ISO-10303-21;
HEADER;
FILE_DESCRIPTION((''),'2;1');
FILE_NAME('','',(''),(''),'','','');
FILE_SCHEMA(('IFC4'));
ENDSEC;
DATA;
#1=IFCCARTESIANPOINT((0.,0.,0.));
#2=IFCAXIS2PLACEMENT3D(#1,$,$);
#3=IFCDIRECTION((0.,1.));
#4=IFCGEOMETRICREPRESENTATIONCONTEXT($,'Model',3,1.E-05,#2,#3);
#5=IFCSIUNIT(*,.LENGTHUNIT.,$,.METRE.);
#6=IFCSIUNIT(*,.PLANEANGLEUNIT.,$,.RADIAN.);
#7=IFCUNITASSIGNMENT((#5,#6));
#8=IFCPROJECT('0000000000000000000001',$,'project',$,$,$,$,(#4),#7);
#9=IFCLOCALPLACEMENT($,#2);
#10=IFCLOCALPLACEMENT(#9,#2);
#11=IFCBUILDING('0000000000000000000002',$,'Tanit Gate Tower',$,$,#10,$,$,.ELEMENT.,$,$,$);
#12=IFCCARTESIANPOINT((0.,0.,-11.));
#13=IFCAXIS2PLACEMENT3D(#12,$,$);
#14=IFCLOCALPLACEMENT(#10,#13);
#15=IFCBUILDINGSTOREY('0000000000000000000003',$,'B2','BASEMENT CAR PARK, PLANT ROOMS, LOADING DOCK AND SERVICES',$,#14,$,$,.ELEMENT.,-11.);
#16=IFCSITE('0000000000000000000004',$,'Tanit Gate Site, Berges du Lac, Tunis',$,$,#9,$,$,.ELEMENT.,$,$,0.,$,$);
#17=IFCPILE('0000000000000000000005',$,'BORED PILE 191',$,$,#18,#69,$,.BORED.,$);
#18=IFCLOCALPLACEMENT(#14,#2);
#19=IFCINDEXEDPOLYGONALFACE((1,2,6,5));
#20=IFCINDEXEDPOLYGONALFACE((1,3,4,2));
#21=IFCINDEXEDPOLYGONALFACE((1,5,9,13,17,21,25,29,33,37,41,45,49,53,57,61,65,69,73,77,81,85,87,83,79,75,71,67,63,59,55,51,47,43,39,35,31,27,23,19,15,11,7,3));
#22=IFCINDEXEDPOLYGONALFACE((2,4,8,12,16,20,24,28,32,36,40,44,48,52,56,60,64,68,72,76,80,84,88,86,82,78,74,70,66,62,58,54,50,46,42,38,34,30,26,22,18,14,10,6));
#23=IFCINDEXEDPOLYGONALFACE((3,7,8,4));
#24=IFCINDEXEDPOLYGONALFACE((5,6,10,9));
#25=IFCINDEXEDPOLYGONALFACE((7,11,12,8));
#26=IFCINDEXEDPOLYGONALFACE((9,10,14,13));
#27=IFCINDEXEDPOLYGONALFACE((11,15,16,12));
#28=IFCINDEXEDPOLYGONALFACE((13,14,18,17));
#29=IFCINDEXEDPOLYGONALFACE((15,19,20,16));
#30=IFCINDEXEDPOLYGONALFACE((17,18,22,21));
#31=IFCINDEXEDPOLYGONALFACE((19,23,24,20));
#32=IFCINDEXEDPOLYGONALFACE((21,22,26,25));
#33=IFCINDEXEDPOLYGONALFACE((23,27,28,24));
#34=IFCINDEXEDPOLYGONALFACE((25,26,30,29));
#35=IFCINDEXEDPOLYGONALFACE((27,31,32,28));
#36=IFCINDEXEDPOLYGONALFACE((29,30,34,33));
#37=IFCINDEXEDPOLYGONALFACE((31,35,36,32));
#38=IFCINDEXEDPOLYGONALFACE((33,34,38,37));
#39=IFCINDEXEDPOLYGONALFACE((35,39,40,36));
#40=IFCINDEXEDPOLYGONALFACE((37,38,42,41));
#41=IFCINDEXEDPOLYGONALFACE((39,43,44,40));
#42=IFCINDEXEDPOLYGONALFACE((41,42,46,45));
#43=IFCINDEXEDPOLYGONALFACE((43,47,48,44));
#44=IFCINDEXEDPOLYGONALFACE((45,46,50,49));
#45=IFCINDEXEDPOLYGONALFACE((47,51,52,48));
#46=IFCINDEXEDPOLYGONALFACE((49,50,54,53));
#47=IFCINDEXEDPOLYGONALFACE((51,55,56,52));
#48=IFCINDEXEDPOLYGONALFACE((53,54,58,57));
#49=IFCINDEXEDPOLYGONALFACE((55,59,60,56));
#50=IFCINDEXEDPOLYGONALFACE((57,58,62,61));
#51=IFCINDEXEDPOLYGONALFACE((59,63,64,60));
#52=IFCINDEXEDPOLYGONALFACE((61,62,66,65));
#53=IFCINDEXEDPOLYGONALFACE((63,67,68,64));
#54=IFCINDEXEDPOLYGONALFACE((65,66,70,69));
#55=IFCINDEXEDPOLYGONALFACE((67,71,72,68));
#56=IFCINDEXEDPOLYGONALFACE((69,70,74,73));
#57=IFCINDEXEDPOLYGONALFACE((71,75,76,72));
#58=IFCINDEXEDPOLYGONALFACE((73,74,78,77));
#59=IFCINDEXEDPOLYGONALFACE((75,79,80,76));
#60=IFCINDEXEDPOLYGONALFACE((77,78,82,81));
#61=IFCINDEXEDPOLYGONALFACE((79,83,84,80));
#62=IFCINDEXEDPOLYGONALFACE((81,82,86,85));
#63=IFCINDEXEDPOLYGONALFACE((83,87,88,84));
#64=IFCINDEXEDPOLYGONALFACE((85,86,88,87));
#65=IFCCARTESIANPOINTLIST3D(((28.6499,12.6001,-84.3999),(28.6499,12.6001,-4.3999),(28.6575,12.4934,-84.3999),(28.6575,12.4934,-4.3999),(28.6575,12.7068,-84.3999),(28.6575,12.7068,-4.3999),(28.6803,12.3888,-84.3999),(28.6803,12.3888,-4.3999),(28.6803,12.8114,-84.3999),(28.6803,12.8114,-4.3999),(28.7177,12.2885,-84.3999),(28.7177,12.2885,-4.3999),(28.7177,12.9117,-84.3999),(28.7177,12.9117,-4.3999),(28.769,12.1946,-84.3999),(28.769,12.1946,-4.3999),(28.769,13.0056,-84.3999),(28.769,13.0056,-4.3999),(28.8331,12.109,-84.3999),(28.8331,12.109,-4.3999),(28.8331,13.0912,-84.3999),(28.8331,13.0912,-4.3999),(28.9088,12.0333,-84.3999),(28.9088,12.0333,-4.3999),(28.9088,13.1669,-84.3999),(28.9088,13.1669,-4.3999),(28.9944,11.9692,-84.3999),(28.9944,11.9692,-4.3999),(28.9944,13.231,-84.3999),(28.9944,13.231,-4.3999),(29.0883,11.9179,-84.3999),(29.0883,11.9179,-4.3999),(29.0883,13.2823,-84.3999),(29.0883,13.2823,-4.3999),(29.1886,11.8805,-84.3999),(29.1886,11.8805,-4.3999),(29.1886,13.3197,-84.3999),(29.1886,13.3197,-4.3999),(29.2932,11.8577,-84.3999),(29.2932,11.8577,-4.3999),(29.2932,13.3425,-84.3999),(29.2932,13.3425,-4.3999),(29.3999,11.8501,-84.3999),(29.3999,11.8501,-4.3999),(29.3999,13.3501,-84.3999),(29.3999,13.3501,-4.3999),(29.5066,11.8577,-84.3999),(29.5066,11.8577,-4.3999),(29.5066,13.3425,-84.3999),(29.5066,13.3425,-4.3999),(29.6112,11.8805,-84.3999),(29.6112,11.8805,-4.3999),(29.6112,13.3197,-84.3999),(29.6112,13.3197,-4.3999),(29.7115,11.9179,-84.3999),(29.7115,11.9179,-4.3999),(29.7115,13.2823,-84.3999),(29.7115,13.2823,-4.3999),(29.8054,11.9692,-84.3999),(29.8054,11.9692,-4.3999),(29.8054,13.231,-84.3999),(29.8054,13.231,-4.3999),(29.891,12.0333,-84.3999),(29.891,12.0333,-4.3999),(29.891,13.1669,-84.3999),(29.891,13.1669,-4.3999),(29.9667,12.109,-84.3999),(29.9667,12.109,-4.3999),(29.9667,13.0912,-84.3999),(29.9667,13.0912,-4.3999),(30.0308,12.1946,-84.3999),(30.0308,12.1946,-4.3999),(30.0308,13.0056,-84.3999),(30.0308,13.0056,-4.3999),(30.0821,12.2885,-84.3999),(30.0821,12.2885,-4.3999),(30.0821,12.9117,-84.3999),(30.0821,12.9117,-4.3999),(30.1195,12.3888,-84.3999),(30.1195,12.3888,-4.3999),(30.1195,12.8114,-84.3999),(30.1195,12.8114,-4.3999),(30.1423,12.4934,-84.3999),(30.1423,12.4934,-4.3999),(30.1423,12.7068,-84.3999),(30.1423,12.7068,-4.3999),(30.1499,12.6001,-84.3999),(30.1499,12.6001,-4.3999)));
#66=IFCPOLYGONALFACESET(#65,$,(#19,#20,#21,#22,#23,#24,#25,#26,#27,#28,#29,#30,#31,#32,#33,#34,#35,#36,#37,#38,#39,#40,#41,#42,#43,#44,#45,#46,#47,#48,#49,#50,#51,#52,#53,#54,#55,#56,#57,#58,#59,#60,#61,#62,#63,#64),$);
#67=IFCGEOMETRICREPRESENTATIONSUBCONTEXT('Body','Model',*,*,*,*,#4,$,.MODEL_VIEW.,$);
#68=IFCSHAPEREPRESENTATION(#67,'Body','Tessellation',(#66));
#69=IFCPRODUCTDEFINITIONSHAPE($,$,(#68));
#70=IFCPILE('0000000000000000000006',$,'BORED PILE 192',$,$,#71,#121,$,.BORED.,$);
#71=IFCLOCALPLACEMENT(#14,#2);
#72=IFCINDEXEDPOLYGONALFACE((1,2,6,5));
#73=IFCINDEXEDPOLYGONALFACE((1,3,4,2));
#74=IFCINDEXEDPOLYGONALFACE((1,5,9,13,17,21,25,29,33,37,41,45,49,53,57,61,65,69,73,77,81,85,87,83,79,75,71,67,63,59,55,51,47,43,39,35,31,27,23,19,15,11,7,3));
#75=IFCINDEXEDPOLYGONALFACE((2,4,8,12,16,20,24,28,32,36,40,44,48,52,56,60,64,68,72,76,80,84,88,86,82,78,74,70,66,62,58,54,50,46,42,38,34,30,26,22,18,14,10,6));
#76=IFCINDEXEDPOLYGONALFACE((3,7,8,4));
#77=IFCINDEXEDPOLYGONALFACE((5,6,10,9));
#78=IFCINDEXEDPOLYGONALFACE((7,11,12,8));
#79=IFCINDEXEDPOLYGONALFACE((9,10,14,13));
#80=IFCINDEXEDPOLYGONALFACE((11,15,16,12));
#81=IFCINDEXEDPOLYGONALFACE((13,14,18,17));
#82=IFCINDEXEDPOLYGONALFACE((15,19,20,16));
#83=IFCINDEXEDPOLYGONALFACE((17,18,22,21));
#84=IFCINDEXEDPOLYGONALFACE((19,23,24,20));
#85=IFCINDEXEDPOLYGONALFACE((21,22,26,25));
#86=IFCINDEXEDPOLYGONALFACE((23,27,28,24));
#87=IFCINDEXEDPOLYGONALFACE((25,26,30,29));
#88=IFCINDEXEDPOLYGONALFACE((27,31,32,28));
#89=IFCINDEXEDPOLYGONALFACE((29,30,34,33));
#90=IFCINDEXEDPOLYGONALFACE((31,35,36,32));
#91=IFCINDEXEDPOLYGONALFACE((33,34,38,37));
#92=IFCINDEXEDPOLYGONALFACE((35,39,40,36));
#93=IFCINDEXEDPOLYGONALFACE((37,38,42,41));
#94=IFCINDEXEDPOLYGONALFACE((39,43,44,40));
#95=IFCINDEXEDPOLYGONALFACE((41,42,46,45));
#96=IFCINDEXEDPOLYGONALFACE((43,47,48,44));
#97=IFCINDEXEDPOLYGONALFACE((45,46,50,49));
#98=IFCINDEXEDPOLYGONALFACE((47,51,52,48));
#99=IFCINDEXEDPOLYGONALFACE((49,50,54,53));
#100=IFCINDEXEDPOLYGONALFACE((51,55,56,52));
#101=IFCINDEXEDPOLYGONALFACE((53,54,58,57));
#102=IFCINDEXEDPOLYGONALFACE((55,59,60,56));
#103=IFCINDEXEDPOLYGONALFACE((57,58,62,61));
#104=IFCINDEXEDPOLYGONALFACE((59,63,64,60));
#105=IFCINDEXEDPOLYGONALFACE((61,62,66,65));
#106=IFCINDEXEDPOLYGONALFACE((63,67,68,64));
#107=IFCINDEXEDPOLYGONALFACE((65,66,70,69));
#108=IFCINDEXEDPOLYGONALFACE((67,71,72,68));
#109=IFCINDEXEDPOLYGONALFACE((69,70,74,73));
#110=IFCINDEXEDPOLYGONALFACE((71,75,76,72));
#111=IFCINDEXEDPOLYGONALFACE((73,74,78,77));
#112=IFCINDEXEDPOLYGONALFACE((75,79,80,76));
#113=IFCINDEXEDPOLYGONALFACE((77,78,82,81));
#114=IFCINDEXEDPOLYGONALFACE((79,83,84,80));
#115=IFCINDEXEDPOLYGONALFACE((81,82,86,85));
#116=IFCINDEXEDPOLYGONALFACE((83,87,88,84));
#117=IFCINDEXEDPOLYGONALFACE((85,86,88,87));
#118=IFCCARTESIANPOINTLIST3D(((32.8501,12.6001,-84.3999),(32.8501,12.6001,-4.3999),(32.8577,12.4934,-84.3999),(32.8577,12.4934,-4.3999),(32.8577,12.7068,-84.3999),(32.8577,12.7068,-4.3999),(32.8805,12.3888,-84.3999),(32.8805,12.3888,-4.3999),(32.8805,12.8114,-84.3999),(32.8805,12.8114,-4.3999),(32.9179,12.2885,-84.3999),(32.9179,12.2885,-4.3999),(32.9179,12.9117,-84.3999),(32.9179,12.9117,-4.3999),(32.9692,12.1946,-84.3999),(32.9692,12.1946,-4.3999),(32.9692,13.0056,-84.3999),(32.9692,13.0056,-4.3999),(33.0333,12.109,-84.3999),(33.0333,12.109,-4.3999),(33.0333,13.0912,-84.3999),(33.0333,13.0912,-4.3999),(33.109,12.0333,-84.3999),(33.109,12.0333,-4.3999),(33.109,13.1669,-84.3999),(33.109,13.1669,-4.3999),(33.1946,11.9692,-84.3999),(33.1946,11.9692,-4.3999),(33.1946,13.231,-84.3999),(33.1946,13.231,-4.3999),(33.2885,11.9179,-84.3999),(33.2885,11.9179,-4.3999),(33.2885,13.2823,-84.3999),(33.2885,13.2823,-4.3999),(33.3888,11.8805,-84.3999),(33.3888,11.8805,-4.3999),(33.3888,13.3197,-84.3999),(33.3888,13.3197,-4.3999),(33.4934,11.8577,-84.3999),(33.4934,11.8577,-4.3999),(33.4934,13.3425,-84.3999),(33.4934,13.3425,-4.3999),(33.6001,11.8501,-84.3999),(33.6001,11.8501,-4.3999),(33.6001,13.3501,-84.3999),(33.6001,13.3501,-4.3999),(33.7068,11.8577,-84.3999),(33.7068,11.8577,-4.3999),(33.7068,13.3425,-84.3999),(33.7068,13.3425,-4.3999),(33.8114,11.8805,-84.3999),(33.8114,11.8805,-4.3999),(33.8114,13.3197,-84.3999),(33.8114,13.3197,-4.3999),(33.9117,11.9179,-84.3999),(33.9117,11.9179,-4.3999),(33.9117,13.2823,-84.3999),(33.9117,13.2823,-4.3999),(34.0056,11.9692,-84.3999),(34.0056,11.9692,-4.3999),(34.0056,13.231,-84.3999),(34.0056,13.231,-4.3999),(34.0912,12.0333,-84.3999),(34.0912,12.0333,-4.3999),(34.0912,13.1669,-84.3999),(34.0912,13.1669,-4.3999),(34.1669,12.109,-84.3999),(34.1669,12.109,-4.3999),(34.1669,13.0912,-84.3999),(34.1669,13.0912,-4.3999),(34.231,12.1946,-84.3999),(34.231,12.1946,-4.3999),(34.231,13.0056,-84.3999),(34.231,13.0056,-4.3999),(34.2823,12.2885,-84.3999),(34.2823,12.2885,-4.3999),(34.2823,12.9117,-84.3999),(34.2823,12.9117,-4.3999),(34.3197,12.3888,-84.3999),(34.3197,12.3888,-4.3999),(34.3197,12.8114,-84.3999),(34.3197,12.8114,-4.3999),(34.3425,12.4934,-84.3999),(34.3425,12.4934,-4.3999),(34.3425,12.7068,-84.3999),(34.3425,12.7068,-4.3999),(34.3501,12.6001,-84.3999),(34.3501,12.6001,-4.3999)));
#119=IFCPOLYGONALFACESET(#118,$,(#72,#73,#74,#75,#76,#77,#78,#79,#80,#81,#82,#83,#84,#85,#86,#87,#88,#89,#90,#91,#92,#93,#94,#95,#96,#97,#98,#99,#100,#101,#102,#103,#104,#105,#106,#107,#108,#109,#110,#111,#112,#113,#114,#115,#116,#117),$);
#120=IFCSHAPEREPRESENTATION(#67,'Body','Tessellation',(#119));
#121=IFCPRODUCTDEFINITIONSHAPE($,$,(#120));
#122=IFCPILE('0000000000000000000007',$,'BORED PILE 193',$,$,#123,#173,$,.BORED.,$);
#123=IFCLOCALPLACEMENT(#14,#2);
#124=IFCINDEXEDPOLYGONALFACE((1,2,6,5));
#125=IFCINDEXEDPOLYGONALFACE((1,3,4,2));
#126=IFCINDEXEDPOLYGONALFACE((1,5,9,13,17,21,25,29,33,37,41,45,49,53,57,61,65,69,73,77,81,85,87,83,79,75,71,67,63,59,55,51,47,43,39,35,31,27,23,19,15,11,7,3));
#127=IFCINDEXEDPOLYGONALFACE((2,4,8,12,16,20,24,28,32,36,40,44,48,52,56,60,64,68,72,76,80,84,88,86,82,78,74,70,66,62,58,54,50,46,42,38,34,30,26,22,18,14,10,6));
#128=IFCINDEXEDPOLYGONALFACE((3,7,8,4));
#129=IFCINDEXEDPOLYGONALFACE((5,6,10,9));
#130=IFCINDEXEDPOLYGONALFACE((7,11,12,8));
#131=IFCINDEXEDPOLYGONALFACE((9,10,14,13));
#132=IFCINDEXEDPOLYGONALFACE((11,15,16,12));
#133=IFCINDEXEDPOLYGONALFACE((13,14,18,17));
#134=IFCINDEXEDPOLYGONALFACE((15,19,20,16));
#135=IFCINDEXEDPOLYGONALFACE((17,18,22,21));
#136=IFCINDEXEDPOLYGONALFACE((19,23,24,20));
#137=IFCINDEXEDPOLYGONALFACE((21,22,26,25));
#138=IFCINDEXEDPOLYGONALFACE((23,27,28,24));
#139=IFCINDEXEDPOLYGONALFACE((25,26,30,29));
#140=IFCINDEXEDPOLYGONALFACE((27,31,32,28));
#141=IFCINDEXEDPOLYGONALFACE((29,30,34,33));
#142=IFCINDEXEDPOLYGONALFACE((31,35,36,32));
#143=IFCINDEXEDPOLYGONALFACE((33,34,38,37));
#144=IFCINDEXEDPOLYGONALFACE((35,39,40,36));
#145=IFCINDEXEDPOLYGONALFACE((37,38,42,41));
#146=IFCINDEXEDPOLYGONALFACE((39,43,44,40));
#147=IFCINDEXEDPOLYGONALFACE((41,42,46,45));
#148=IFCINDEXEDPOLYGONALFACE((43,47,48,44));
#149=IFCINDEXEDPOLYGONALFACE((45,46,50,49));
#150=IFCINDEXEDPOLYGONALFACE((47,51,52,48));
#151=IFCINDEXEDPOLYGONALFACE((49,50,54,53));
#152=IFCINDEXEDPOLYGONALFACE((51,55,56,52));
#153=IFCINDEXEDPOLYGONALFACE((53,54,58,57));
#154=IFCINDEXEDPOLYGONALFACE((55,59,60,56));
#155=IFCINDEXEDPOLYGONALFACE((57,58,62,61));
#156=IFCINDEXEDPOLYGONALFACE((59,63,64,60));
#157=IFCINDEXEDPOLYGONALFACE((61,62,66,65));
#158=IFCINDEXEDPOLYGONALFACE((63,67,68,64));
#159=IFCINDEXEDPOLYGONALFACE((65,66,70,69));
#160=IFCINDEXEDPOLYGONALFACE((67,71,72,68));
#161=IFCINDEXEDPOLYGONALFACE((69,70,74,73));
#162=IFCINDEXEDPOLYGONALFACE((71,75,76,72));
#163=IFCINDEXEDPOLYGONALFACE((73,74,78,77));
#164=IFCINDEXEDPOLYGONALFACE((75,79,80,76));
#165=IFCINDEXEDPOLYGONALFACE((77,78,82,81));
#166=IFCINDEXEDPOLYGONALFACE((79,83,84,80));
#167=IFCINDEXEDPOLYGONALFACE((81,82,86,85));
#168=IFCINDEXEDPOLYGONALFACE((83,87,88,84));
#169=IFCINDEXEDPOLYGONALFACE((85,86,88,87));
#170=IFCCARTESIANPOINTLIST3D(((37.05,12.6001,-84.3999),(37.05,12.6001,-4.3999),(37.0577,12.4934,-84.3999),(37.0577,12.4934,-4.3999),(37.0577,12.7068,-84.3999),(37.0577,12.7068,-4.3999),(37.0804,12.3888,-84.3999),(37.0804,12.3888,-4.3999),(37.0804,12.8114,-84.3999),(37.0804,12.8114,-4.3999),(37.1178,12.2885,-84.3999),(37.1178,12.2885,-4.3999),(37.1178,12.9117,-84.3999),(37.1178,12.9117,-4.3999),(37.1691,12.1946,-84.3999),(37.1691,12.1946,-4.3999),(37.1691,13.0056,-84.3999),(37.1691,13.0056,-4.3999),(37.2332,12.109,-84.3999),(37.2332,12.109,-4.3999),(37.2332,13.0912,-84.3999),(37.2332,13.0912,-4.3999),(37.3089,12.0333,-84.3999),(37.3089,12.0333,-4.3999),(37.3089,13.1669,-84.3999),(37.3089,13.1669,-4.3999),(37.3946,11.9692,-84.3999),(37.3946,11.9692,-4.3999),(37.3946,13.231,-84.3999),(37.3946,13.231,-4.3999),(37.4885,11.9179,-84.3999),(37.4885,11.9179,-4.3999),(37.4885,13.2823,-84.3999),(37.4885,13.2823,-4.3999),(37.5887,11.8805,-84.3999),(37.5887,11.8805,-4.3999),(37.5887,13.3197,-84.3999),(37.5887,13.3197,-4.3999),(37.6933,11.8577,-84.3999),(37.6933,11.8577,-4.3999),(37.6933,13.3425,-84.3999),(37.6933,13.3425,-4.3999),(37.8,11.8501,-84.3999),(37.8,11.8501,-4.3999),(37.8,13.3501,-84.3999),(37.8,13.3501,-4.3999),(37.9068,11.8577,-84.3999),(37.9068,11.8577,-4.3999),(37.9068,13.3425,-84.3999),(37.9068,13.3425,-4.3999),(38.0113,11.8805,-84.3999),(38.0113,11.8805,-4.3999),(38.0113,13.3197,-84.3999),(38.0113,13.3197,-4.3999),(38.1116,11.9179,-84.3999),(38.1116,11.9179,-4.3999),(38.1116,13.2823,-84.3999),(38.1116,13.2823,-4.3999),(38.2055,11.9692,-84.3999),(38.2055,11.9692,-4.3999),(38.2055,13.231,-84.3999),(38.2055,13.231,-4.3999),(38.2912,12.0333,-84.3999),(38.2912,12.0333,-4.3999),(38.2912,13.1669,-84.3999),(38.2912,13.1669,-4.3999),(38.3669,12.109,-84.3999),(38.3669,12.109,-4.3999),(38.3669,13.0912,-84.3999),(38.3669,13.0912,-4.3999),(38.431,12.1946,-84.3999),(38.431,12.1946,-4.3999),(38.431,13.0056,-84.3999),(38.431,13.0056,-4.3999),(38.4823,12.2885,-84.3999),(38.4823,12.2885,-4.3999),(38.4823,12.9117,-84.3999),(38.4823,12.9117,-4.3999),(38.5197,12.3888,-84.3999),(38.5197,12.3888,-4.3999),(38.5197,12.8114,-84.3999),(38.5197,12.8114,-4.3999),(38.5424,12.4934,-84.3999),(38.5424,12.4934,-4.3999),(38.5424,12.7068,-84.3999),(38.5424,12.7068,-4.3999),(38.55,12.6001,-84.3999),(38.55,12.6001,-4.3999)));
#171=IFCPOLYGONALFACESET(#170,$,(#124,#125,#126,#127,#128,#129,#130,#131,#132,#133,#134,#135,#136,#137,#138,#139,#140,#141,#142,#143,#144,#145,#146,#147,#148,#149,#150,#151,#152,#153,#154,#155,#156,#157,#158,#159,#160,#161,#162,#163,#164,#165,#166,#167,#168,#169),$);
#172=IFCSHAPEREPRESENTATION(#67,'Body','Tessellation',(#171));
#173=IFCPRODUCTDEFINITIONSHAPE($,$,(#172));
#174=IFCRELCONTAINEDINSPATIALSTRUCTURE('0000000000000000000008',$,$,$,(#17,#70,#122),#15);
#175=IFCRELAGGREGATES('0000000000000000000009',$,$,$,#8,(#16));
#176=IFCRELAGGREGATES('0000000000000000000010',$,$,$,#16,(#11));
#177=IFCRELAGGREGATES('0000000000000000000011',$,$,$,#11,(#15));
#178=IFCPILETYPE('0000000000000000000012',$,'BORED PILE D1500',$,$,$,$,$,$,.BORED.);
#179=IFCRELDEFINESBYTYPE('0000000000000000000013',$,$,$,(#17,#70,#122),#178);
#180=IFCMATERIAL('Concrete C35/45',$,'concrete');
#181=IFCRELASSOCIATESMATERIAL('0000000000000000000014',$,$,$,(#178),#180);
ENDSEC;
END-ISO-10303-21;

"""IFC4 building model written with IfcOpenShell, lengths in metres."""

from ifc_helpers import new_model, si_unit, direction, frame, origin, origin_2d, place, context, subcontext, project, spatial, circle, extrude, material, material_profile, profile_set, type_object, element, save


model = new_model("IFC4")

# Units and contexts
model_context = context("Model", 3, precision=1e-05, world=origin(), true_north=direction((0.0, 1.0)))
body_context = subcontext(model_context, "Body", "Model", "MODEL_VIEW")
ifc_project = project(units=[si_unit("LENGTHUNIT", "METRE"), si_unit("PLANEANGLEUNIT", "RADIAN")], contexts=[model_context])

# Site, building, storey
site_placement = place(None, origin())
site = spatial("IfcSite", under=ifc_project, at=site_placement, Name="Tanit Gate Site, Berges du Lac, Tunis", CompositionType="ELEMENT", RefElevation=0.0)
building_placement = place(site_placement, origin())
building = spatial("IfcBuilding", under=site, at=building_placement, Name="Tanit Gate Tower", CompositionType="ELEMENT")
storey_placement = place(building_placement, frame((0.0, 0.0, -11.0)))
storey = spatial("IfcBuildingStorey", under=building, at=storey_placement, Name="B2", Description="BASEMENT CAR PARK, PLANT ROOMS, LOADING DOCK AND SERVICES", CompositionType="ELEMENT", Elevation=-11.0)

# Piles
ifc_material_1 = material(Name="Concrete C35/45", Category="concrete")
ifc_material_profile_1 = material_profile(ifc_material_1, circle(Radius=0.75, at=origin_2d()), Name="BORED PILE D1500 C35/45")
ifc_profile_set_1 = profile_set([ifc_material_profile_1], Name="Concrete C35/45")
pile_type = type_object("IfcPileType", Name="BORED PILE D1500", PredefinedType="BORED", material=ifc_profile_set_1)
for number, where, z_axis, x_axis, name in (
    (1, (29.3999, 12.6001, -4.3999), (0.0, 0.0, -1.0), (1.0, 0.0, 0.0), "BORED PILE 191"),
    (2, (33.6001, 12.6001, -4.3999), (0.0, 0.0, -1.0), (1.0, 0.0, 0.0), "BORED PILE 192"),
    (3, (37.8, 12.6001, -4.3999), (0.0, 0.0, -1.0), (1.0, 0.0, 0.0), "BORED PILE 193"),
):
    element("IfcPile", number, at=place(storey_placement, frame(where, z_axis=z_axis, x_axis=x_axis)), inside=storey, type_object=pile_type, Name=name, PredefinedType="BORED", context=body_context, shape_type="SweptSolid", body=[
        extrude(circle(Radius=0.75, at=origin_2d()), origin(), (0.0, 0.0, 1.0), 80.0),
    ])

save(model, "model.ifc")
